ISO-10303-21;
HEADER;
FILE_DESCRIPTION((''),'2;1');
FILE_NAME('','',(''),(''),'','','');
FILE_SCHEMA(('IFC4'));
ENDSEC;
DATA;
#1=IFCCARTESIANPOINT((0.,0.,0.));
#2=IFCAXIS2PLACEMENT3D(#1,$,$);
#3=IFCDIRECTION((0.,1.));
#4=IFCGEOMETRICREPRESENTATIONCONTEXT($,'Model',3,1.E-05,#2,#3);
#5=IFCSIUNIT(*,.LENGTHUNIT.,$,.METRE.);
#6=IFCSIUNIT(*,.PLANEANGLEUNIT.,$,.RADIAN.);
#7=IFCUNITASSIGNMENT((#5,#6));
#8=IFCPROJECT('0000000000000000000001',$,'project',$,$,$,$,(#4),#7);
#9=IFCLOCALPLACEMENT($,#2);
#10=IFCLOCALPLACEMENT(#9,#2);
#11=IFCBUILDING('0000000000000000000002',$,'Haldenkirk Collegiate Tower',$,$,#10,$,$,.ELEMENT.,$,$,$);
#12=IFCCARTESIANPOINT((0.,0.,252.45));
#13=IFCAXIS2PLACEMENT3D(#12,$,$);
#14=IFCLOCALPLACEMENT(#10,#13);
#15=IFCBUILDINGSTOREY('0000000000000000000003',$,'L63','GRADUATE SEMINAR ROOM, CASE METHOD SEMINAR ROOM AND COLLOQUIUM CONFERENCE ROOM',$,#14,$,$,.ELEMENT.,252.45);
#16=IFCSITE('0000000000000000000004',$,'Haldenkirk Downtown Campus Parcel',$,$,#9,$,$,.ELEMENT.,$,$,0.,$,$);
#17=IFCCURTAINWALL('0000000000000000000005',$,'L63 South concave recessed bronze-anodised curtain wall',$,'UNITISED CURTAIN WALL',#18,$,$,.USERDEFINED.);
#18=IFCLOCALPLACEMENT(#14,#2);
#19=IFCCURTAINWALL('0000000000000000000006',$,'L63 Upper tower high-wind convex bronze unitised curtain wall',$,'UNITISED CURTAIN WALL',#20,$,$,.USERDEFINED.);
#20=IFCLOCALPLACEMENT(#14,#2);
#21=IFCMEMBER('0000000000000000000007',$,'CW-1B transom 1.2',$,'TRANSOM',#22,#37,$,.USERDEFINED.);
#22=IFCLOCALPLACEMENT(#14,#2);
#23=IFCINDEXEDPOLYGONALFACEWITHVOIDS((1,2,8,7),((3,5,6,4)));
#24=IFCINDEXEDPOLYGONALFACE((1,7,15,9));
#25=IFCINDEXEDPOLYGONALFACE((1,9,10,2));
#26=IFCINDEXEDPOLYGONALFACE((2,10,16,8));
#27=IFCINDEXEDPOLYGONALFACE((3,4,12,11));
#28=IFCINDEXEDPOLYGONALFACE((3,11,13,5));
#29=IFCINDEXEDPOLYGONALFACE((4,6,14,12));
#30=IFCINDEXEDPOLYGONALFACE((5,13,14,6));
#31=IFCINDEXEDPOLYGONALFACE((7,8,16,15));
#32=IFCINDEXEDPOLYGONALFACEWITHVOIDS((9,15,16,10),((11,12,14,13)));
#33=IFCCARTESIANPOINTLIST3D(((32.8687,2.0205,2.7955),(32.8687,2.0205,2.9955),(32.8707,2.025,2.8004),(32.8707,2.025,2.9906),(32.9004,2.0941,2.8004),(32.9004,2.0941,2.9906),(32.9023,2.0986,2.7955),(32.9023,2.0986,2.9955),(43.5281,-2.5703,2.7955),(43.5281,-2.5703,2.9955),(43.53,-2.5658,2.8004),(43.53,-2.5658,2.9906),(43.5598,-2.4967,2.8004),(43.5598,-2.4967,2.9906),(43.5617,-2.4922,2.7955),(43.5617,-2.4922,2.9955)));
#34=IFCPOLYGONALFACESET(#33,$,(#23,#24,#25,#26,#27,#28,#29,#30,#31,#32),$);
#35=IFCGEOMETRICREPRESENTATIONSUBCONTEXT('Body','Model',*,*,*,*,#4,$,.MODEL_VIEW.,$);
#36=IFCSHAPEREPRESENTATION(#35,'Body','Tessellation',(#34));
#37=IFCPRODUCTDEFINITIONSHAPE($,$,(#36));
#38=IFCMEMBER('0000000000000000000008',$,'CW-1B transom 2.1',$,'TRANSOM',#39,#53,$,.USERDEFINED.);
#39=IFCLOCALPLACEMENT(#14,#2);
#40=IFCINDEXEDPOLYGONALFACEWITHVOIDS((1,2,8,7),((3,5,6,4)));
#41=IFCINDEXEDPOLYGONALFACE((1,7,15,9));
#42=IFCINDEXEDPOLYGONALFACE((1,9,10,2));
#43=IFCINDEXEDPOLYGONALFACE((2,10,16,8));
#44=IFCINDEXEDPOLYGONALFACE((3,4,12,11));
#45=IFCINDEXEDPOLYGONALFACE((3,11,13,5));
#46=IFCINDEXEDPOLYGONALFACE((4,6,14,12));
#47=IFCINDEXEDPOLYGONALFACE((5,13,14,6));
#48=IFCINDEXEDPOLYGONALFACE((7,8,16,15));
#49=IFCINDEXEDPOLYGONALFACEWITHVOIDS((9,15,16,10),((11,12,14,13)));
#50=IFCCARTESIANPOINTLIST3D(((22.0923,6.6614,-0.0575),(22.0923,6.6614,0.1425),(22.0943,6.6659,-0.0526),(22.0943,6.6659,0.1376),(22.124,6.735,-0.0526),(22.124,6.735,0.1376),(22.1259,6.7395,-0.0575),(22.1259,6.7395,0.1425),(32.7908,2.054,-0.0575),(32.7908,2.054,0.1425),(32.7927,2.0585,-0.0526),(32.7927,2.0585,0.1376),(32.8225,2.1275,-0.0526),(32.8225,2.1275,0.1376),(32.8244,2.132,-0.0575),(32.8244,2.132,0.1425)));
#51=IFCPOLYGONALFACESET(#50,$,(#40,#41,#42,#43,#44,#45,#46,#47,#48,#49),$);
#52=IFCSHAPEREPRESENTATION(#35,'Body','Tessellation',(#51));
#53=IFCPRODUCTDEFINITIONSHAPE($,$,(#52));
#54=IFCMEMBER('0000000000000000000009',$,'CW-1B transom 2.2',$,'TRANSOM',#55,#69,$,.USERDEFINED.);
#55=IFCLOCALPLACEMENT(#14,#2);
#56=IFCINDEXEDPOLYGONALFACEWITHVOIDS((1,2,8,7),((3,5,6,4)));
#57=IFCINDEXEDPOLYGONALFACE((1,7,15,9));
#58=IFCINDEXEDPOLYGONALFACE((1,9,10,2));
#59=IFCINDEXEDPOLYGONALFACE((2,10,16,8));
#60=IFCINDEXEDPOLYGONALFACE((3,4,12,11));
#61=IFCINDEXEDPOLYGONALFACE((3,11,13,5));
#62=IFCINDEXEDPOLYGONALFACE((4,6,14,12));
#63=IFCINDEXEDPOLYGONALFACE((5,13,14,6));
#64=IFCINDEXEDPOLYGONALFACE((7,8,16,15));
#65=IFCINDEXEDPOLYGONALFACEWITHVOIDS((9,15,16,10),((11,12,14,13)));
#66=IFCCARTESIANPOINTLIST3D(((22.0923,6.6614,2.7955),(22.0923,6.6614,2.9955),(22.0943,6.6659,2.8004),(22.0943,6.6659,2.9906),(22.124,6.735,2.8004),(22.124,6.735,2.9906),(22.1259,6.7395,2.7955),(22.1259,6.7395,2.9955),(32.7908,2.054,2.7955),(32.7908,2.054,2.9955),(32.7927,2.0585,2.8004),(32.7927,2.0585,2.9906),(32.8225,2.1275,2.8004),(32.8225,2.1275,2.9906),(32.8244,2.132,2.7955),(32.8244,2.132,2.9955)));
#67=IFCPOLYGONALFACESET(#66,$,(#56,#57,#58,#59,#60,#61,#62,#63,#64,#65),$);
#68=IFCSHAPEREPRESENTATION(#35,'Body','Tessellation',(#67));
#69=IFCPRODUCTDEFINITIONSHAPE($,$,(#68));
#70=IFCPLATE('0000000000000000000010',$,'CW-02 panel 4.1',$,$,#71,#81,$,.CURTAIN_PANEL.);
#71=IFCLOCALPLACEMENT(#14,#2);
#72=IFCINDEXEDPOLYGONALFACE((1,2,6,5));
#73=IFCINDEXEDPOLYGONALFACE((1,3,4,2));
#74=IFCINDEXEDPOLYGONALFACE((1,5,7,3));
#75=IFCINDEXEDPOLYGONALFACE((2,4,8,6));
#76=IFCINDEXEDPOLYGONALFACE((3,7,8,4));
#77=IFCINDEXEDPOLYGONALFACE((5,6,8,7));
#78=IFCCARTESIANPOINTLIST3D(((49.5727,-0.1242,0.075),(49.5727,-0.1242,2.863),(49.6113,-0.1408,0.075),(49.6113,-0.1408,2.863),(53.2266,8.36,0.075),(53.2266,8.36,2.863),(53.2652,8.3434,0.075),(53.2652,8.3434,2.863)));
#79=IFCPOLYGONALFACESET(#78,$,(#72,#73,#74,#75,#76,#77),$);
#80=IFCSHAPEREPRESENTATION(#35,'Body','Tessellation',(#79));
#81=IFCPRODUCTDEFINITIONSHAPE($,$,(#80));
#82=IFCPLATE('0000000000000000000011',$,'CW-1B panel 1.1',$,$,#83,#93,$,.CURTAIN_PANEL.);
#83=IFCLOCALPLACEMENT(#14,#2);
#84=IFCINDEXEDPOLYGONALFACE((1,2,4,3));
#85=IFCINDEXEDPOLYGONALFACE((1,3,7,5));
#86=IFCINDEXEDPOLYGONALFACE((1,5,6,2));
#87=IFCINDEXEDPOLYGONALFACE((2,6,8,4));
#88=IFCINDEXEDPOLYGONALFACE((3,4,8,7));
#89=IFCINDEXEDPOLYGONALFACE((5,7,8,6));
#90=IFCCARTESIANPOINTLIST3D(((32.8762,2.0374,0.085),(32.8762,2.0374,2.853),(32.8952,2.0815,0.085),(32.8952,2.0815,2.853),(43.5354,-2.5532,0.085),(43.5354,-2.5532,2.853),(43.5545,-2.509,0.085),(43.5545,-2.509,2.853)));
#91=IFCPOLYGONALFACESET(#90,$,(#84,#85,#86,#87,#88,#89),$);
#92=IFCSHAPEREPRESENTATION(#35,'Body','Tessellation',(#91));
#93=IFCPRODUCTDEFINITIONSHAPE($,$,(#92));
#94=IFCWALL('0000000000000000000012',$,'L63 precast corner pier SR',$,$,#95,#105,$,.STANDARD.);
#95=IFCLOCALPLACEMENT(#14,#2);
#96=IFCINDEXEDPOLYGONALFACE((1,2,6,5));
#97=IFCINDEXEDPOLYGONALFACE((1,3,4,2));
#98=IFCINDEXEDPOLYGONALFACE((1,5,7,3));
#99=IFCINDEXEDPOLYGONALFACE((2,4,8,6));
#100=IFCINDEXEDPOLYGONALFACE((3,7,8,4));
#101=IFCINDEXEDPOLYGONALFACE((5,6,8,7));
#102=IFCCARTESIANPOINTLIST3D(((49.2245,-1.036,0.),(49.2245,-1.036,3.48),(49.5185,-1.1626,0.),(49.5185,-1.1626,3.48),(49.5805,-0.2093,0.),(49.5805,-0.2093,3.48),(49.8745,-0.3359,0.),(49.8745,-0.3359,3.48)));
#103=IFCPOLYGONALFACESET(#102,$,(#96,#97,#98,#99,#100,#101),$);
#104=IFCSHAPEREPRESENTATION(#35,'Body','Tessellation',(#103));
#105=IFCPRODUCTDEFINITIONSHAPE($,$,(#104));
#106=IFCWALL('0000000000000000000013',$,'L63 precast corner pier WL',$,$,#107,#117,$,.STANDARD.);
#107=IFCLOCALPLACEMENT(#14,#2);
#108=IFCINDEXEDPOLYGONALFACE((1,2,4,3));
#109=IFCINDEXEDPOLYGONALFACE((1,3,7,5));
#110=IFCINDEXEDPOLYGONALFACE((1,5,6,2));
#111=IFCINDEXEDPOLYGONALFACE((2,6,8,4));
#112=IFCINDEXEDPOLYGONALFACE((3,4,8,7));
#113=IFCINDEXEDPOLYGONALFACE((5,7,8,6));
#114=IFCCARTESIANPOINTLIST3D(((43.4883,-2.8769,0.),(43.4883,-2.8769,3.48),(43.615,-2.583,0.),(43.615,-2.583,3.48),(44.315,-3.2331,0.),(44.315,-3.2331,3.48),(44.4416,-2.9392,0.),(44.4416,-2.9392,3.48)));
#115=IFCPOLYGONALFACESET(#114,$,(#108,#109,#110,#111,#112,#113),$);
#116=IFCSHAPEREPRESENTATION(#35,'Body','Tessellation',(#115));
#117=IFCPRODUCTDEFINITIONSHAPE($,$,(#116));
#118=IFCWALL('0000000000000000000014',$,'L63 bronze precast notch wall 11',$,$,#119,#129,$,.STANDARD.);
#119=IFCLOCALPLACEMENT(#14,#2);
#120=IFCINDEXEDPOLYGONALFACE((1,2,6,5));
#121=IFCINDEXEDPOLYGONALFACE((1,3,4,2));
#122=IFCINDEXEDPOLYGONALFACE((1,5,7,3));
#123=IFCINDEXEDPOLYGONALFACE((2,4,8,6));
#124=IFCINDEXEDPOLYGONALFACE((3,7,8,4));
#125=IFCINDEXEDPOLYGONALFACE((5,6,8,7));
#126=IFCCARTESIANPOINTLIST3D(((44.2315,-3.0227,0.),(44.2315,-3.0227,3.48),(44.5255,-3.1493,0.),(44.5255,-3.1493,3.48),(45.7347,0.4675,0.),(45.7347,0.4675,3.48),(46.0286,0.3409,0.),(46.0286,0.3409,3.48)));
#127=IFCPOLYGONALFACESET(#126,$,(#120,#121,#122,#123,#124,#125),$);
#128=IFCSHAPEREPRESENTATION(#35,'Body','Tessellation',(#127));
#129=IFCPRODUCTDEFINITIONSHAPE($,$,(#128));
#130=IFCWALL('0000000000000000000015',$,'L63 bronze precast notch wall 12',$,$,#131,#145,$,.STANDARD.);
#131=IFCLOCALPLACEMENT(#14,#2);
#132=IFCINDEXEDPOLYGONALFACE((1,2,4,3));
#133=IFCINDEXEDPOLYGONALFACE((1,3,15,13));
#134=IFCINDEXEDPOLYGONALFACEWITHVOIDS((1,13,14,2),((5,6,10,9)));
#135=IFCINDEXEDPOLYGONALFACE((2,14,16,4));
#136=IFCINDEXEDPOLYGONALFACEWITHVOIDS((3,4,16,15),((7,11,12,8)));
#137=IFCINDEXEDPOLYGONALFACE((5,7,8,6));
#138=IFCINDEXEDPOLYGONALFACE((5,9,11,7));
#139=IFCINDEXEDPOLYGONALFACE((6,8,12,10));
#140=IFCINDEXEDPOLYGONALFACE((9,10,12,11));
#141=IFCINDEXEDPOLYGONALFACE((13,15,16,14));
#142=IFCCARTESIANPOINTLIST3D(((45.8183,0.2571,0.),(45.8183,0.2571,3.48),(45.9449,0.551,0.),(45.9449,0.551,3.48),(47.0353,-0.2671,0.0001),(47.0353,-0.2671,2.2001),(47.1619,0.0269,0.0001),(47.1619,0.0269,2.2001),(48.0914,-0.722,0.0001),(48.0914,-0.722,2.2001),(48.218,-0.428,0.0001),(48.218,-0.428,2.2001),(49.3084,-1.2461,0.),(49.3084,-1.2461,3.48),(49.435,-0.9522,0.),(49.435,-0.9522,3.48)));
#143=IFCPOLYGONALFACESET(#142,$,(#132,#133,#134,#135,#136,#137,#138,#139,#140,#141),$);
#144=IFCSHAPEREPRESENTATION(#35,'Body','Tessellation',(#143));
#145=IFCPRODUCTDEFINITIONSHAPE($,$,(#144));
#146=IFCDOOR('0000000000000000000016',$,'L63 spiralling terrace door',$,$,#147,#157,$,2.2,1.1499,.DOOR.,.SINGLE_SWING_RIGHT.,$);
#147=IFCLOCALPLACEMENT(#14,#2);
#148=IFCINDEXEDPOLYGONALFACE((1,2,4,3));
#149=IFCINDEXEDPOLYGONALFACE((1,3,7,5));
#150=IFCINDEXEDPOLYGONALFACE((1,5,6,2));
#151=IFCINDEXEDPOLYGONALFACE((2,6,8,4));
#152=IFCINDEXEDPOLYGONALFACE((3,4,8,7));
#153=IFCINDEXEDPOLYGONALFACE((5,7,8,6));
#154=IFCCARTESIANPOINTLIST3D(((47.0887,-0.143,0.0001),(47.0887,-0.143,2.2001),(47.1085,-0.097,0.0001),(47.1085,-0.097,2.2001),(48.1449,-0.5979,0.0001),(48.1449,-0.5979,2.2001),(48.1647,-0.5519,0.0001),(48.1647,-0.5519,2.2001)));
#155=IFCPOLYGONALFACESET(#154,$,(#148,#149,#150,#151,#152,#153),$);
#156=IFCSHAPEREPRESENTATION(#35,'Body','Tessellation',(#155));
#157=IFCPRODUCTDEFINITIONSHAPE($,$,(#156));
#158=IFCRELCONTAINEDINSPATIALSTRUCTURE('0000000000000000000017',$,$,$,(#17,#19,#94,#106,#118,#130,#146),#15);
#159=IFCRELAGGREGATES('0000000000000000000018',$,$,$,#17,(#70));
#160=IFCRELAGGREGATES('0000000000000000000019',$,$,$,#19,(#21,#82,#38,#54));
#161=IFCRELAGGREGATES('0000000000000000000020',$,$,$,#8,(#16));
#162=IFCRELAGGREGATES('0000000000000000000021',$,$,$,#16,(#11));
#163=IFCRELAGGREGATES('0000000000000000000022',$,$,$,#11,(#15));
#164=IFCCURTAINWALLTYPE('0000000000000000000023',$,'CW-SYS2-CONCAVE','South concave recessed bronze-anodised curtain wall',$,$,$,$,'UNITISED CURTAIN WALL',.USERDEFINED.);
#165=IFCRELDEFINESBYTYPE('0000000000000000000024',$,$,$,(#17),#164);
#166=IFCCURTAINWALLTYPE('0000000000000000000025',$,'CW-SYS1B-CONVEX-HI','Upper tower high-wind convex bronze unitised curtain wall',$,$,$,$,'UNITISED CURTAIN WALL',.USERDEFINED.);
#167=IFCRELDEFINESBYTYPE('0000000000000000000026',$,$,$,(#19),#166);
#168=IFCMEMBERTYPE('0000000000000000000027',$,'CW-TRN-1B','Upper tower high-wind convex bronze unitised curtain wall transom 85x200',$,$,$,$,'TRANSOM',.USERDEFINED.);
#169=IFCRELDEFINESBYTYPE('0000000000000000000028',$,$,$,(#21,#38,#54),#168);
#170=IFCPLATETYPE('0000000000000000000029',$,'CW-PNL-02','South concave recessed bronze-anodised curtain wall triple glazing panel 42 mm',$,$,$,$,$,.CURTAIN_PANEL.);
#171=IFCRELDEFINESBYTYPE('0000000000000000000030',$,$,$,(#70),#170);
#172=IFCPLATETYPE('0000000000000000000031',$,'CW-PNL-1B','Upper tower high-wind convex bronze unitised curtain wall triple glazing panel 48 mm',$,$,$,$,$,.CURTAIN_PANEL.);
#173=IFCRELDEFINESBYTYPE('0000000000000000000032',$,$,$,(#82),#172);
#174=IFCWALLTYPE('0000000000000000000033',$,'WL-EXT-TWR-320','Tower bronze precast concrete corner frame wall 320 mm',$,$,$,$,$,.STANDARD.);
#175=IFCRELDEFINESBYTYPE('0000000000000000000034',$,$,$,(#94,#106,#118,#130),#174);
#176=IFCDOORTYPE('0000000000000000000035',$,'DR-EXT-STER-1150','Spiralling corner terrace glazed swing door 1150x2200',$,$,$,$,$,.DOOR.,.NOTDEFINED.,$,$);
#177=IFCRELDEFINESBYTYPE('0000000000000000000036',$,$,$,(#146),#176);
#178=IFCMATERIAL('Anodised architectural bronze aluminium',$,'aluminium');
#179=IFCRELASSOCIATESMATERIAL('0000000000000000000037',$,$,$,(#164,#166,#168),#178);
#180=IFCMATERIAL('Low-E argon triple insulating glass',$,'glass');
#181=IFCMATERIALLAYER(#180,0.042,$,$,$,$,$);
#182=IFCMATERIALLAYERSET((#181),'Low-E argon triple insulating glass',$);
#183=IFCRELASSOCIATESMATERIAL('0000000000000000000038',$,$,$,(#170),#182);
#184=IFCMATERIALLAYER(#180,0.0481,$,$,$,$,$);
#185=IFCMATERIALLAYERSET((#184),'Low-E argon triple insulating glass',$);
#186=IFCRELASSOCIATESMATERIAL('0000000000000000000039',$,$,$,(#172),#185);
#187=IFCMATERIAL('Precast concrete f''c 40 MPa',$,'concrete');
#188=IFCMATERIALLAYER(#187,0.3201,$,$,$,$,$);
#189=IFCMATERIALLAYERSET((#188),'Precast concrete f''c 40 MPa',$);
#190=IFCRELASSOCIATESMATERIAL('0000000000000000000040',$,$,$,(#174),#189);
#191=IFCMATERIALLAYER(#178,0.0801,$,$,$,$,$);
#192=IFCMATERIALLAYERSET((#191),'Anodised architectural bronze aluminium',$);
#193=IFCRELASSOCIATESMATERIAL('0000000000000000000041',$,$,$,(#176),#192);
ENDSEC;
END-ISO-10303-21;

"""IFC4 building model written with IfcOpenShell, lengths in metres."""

from ifc_helpers import new_model, si_unit, direction, frame, frame_2d, origin, origin_2d, place, context, subcontext, project, spatial, rectangle, hollow_rectangle, extrude, source, transform, mapped, material, layer, layer_set, material_profile, profile_set, type_object, element, fill, aggregate, save


model = new_model("IFC4")

# Units and contexts
model_context = context("Model", 3, precision=1e-05, world=origin(), true_north=direction((0.0, 1.0)))
body_context = subcontext(model_context, "Body", "Model", "MODEL_VIEW")
ifc_project = project(units=[si_unit("LENGTHUNIT", "METRE"), si_unit("PLANEANGLEUNIT", "RADIAN")], contexts=[model_context])

# Site, building, storey
site_placement = place(None, origin())
site = spatial("IfcSite", under=ifc_project, at=site_placement, Name="Haldenkirk Downtown Campus Parcel", CompositionType="ELEMENT", RefElevation=0.0)
building_placement = place(site_placement, origin())
building = spatial("IfcBuilding", under=site, at=building_placement, Name="Haldenkirk Collegiate Tower", CompositionType="ELEMENT")
storey_placement = place(building_placement, frame((0.0, 0.0, 252.45)))
storey = spatial("IfcBuildingStorey", under=building, at=storey_placement, Name="L63", Description="GRADUATE SEMINAR ROOM, CASE METHOD SEMINAR ROOM AND COLLOQUIUM CONFERENCE ROOM", CompositionType="ELEMENT", Elevation=252.45)

# Curtain walls
ifc_material_1 = material(Name="Anodised architectural bronze aluminium", Category="aluminium")
curtain_wall_type_1 = type_object("IfcCurtainWallType", Name="CW-SYS2-CONCAVE", Description="South concave recessed bronze-anodised curtain wall", ElementType="UNITISED CURTAIN WALL", PredefinedType="USERDEFINED", material=ifc_material_1)
curtain_wall_1_placement = place(storey_placement, origin())
curtain_wall_1 = element("IfcCurtainWall", 1, at=curtain_wall_1_placement, inside=storey, type_object=curtain_wall_type_1, Name="L63 South concave recessed bronze-anodised curtain wall", ObjectType="UNITISED CURTAIN WALL", PredefinedType="USERDEFINED")
curtain_wall_type_2 = type_object("IfcCurtainWallType", Name="CW-SYS1B-CONVEX-HI", Description="Upper tower high-wind convex bronze unitised curtain wall", ElementType="UNITISED CURTAIN WALL", PredefinedType="USERDEFINED", material=ifc_material_1)
curtain_wall_2_placement = place(storey_placement, origin())
curtain_wall_2 = element("IfcCurtainWall", 2, at=curtain_wall_2_placement, inside=storey, type_object=curtain_wall_type_2, Name="L63 Upper tower high-wind convex bronze unitised curtain wall", ObjectType="UNITISED CURTAIN WALL", PredefinedType="USERDEFINED")

# Members
ifc_material_profile_1 = material_profile(ifc_material_1, hollow_rectangle(XDim=0.085, YDim=0.2, WallThickness=0.0049, at=origin_2d()), Name="CW-TRN-1B")
ifc_profile_set_1 = profile_set([ifc_material_profile_1], Name="Anodised architectural bronze aluminium")
member_type_1 = type_object("IfcMemberType", Name="CW-TRN-1B", Description="Upper tower high-wind convex bronze unitised curtain wall transom 85x200", ElementType="TRANSOM", PredefinedType="USERDEFINED", material=ifc_profile_set_1)
member_1_placement = place(storey_placement, frame((43.5449, -2.5312, 2.8955), z_axis=(-0.918442, 0.395556, 0.0), x_axis=(-0.395556, -0.918442, 0.0)))
member_1 = element("IfcMember", 3, at=member_1_placement, type_object=member_type_1, Name="CW-1B transom 1.2", ObjectType="TRANSOM", PredefinedType="USERDEFINED", context=body_context, shape_type="SweptSolid", body=[
    extrude(hollow_rectangle(XDim=0.085, YDim=0.2, WallThickness=0.0049, at=origin_2d()), origin(), (0.0, 0.0, 1.0), 11.606),
])
member_2_placement = place(storey_placement, frame((32.8076, 2.093, 0.0425), z_axis=(-0.918449, 0.39554, 0.0), x_axis=(-0.39554, -0.918449, 0.0)))
member_2 = element("IfcMember", 4, at=member_2_placement, type_object=member_type_1, Name="CW-1B transom 2.1", ObjectType="TRANSOM", PredefinedType="USERDEFINED", context=body_context, shape_type="SweptSolid", body=[
    extrude(hollow_rectangle(XDim=0.085, YDim=0.2, WallThickness=0.0049, at=origin_2d()), origin(), (0.0, 0.0, 1.0), 11.6484),
])
member_3_placement = place(storey_placement, frame((32.8076, 2.093, 2.8955), z_axis=(-0.918449, 0.39554, 0.0), x_axis=(-0.39554, -0.918449, 0.0)))
member_3 = element("IfcMember", 5, at=member_3_placement, type_object=member_type_1, Name="CW-1B transom 2.2", ObjectType="TRANSOM", PredefinedType="USERDEFINED", context=body_context, shape_type="SweptSolid", body=[
    extrude(hollow_rectangle(XDim=0.085, YDim=0.2, WallThickness=0.0049, at=origin_2d()), origin(), (0.0, 0.0, 1.0), 11.6484),
])

# Plates
ifc_material_2 = material(Name="Low-E argon triple insulating glass", Category="glass")
ifc_layer_1 = layer(ifc_material_2, 0.042)
ifc_layer_set_1 = layer_set([ifc_layer_1], Name="Low-E argon triple insulating glass")
plate_type_1 = type_object("IfcPlateType", Name="CW-PNL-02", Description="South concave recessed bronze-anodised curtain wall triple glazing panel 42 mm", PredefinedType="CURTAIN_PANEL", material=ifc_layer_set_1)
shared_shape_1 = source(origin(), body_context, "Body", "SweptSolid", [
    extrude(rectangle(XDim=9.2375, YDim=0.042, at=origin_2d()), origin(), (0.0, 0.0, 1.0), 2.7881),
])
plate_1_placement = place(storey_placement, frame((51.4189, 4.1096, 0.075), z_axis=(0.0, 0.0, 1.0), x_axis=(-0.395545, -0.918446, 0.0)))
plate_1 = element("IfcPlate", 6, at=plate_1_placement, type_object=plate_type_1, Name="CW-02 panel 4.1", PredefinedType="CURTAIN_PANEL", context=body_context, shape_type="MappedRepresentation", body=[
    mapped(shared_shape_1, transform((0.0, 0.0, 0.0), x_axis=(1.0, 0.0, 0.0), y_axis=(0.0, 1.0, 0.0), z_axis=(0.0, 0.0, 1.0), scale=1.0)),
])
aggregate(curtain_wall_1, [plate_1])
ifc_layer_2 = layer(ifc_material_2, 0.0481)
ifc_layer_set_2 = layer_set([ifc_layer_2], Name="Low-E argon triple insulating glass")
plate_type_2 = type_object("IfcPlateType", Name="CW-PNL-1B", Description="Upper tower high-wind convex bronze unitised curtain wall triple glazing panel 48 mm", PredefinedType="CURTAIN_PANEL", material=ifc_layer_set_2)
shared_shape_2 = source(origin(), body_context, "Body", "SweptSolid", [
    extrude(rectangle(XDim=11.6057, YDim=0.0481, at=origin_2d()), origin(), (0.0, 0.0, 1.0), 2.7681),
])
plate_2_placement = place(storey_placement, frame((38.2153, -0.2358, 0.085), z_axis=(0.0, 0.0, 1.0), x_axis=(-0.918446, 0.395546, 0.0)))
plate_2 = element("IfcPlate", 7, at=plate_2_placement, type_object=plate_type_2, Name="CW-1B panel 1.1", PredefinedType="CURTAIN_PANEL", context=body_context, shape_type="MappedRepresentation", body=[
    mapped(shared_shape_2, transform((0.0, 0.0, 0.0), x_axis=(1.0, 0.0, 0.0), y_axis=(0.0, 1.0, 0.0), z_axis=(0.0, 0.0, 1.0), scale=1.0)),
])
aggregate(curtain_wall_2, [member_1, plate_2, member_2, member_3])

# Walls
ifc_material_3 = material(Name="Precast concrete f'c 40 MPa", Category="concrete")
ifc_layer_3 = layer(ifc_material_3, 0.3201)
ifc_layer_set_3 = layer_set([ifc_layer_3], Name="Precast concrete f'c 40 MPa")
wall_type_1 = type_object("IfcWallType", Name="WL-EXT-TWR-320", Description="Tower bronze precast concrete corner frame wall 320 mm", PredefinedType="STANDARD", material=ifc_layer_set_3)
for number, where, z_axis, x_axis, name in (
    (8, (49.7275, -0.2725, 0.0), (0.0, 0.0, 1.0), (-0.39549, -0.91847, 0.0), "L63 precast corner pier SR"),
    (9, (44.3784, -3.0862, 0.0), (0.0, 0.0, 1.0), (-0.918372, 0.395719, 0.0), "L63 precast corner pier WL"),
):
    element("IfcWall", number, at=place(storey_placement, frame(where, z_axis=z_axis, x_axis=x_axis)), inside=storey, type_object=wall_type_1, Name=name, PredefinedType="STANDARD", context=body_context, shape_type="SweptSolid", body=[
        extrude(rectangle(XDim=0.9001, YDim=0.3201, at=frame_2d((0.4502, 0.0))), origin(), (0.0, 0.0, 1.0), 3.48),
    ])
wall_1_placement = place(storey_placement, frame((45.8816, 0.4041, 0.0), z_axis=(0.0, 0.0, 1.0), x_axis=(-0.395555, -0.918442, 0.0)))
element("IfcWall", 10, at=wall_1_placement, inside=storey, type_object=wall_type_1, Name="L63 bronze precast notch wall 11", PredefinedType="STANDARD", context=body_context, shape_type="SweptSolid", body=[
    extrude(rectangle(XDim=3.8, YDim=0.3201, at=frame_2d((1.8999, 0.0))), origin(), (0.0, 0.0, 1.0), 3.48),
])

# Wall, opening, door
wall_2_placement = place(storey_placement, frame((49.3716, -1.0991, 0.0), z_axis=(0.0, 0.0, 1.0), x_axis=(-0.918432, 0.395578, 0.0)))
wall_2 = element("IfcWall", 11, at=wall_2_placement, inside=storey, type_object=wall_type_1, Name="L63 bronze precast notch wall 12", PredefinedType="STANDARD", context=body_context, shape_type="SweptSolid", body=[
    extrude(rectangle(XDim=3.8, YDim=0.3201, at=frame_2d((1.8999, 0.0))), origin(), (0.0, 0.0, 1.0), 3.48),
])
opening_1_placement = place(wall_2_placement, frame((1.325, 0.0, 0.0)))
opening_1 = element("IfcOpeningElement", 12, at=opening_1_placement, cuts=wall_2, PredefinedType="OPENING", context=body_context, shape_type="SweptSolid", body=[
    extrude(rectangle(XDim=1.1499, YDim=2.2, at=frame_2d((0.575, 1.1001))), frame((0.0, 0.1699, 0.0), z_axis=(0.0, -1.0, 0.0), x_axis=(1.0, 0.0, 0.0)), (0.0, 0.0, 1.0), 0.3401),
])
ifc_layer_4 = layer(ifc_material_1, 0.0801)
ifc_layer_set_4 = layer_set([ifc_layer_4], Name="Anodised architectural bronze aluminium")
door_type_1 = type_object("IfcDoorType", Name="DR-EXT-STER-1150", Description="Spiralling corner terrace glazed swing door 1150x2200", OperationType="NOTDEFINED", PredefinedType="DOOR", material=ifc_layer_set_4)
door_1_placement = place(opening_1_placement, origin())
door_1 = element("IfcDoor", 13, at=door_1_placement, inside=storey, type_object=door_type_1, Name="L63 spiralling terrace door", OperationType="SINGLE_SWING_RIGHT", OverallHeight=2.2, OverallWidth=1.1499, PredefinedType="DOOR", context=body_context, shape_type="SweptSolid", body=[
    extrude(rectangle(XDim=1.1499, YDim=2.2, at=frame_2d((0.575, 1.1001))), frame((0.0, 0.0249, 0.0), z_axis=(0.0, -1.0, 0.0), x_axis=(1.0, 0.0, 0.0)), (0.0, 0.0, 1.0), 0.05),
])
fill(opening_1, door_1)

save(model, "model.ifc")
